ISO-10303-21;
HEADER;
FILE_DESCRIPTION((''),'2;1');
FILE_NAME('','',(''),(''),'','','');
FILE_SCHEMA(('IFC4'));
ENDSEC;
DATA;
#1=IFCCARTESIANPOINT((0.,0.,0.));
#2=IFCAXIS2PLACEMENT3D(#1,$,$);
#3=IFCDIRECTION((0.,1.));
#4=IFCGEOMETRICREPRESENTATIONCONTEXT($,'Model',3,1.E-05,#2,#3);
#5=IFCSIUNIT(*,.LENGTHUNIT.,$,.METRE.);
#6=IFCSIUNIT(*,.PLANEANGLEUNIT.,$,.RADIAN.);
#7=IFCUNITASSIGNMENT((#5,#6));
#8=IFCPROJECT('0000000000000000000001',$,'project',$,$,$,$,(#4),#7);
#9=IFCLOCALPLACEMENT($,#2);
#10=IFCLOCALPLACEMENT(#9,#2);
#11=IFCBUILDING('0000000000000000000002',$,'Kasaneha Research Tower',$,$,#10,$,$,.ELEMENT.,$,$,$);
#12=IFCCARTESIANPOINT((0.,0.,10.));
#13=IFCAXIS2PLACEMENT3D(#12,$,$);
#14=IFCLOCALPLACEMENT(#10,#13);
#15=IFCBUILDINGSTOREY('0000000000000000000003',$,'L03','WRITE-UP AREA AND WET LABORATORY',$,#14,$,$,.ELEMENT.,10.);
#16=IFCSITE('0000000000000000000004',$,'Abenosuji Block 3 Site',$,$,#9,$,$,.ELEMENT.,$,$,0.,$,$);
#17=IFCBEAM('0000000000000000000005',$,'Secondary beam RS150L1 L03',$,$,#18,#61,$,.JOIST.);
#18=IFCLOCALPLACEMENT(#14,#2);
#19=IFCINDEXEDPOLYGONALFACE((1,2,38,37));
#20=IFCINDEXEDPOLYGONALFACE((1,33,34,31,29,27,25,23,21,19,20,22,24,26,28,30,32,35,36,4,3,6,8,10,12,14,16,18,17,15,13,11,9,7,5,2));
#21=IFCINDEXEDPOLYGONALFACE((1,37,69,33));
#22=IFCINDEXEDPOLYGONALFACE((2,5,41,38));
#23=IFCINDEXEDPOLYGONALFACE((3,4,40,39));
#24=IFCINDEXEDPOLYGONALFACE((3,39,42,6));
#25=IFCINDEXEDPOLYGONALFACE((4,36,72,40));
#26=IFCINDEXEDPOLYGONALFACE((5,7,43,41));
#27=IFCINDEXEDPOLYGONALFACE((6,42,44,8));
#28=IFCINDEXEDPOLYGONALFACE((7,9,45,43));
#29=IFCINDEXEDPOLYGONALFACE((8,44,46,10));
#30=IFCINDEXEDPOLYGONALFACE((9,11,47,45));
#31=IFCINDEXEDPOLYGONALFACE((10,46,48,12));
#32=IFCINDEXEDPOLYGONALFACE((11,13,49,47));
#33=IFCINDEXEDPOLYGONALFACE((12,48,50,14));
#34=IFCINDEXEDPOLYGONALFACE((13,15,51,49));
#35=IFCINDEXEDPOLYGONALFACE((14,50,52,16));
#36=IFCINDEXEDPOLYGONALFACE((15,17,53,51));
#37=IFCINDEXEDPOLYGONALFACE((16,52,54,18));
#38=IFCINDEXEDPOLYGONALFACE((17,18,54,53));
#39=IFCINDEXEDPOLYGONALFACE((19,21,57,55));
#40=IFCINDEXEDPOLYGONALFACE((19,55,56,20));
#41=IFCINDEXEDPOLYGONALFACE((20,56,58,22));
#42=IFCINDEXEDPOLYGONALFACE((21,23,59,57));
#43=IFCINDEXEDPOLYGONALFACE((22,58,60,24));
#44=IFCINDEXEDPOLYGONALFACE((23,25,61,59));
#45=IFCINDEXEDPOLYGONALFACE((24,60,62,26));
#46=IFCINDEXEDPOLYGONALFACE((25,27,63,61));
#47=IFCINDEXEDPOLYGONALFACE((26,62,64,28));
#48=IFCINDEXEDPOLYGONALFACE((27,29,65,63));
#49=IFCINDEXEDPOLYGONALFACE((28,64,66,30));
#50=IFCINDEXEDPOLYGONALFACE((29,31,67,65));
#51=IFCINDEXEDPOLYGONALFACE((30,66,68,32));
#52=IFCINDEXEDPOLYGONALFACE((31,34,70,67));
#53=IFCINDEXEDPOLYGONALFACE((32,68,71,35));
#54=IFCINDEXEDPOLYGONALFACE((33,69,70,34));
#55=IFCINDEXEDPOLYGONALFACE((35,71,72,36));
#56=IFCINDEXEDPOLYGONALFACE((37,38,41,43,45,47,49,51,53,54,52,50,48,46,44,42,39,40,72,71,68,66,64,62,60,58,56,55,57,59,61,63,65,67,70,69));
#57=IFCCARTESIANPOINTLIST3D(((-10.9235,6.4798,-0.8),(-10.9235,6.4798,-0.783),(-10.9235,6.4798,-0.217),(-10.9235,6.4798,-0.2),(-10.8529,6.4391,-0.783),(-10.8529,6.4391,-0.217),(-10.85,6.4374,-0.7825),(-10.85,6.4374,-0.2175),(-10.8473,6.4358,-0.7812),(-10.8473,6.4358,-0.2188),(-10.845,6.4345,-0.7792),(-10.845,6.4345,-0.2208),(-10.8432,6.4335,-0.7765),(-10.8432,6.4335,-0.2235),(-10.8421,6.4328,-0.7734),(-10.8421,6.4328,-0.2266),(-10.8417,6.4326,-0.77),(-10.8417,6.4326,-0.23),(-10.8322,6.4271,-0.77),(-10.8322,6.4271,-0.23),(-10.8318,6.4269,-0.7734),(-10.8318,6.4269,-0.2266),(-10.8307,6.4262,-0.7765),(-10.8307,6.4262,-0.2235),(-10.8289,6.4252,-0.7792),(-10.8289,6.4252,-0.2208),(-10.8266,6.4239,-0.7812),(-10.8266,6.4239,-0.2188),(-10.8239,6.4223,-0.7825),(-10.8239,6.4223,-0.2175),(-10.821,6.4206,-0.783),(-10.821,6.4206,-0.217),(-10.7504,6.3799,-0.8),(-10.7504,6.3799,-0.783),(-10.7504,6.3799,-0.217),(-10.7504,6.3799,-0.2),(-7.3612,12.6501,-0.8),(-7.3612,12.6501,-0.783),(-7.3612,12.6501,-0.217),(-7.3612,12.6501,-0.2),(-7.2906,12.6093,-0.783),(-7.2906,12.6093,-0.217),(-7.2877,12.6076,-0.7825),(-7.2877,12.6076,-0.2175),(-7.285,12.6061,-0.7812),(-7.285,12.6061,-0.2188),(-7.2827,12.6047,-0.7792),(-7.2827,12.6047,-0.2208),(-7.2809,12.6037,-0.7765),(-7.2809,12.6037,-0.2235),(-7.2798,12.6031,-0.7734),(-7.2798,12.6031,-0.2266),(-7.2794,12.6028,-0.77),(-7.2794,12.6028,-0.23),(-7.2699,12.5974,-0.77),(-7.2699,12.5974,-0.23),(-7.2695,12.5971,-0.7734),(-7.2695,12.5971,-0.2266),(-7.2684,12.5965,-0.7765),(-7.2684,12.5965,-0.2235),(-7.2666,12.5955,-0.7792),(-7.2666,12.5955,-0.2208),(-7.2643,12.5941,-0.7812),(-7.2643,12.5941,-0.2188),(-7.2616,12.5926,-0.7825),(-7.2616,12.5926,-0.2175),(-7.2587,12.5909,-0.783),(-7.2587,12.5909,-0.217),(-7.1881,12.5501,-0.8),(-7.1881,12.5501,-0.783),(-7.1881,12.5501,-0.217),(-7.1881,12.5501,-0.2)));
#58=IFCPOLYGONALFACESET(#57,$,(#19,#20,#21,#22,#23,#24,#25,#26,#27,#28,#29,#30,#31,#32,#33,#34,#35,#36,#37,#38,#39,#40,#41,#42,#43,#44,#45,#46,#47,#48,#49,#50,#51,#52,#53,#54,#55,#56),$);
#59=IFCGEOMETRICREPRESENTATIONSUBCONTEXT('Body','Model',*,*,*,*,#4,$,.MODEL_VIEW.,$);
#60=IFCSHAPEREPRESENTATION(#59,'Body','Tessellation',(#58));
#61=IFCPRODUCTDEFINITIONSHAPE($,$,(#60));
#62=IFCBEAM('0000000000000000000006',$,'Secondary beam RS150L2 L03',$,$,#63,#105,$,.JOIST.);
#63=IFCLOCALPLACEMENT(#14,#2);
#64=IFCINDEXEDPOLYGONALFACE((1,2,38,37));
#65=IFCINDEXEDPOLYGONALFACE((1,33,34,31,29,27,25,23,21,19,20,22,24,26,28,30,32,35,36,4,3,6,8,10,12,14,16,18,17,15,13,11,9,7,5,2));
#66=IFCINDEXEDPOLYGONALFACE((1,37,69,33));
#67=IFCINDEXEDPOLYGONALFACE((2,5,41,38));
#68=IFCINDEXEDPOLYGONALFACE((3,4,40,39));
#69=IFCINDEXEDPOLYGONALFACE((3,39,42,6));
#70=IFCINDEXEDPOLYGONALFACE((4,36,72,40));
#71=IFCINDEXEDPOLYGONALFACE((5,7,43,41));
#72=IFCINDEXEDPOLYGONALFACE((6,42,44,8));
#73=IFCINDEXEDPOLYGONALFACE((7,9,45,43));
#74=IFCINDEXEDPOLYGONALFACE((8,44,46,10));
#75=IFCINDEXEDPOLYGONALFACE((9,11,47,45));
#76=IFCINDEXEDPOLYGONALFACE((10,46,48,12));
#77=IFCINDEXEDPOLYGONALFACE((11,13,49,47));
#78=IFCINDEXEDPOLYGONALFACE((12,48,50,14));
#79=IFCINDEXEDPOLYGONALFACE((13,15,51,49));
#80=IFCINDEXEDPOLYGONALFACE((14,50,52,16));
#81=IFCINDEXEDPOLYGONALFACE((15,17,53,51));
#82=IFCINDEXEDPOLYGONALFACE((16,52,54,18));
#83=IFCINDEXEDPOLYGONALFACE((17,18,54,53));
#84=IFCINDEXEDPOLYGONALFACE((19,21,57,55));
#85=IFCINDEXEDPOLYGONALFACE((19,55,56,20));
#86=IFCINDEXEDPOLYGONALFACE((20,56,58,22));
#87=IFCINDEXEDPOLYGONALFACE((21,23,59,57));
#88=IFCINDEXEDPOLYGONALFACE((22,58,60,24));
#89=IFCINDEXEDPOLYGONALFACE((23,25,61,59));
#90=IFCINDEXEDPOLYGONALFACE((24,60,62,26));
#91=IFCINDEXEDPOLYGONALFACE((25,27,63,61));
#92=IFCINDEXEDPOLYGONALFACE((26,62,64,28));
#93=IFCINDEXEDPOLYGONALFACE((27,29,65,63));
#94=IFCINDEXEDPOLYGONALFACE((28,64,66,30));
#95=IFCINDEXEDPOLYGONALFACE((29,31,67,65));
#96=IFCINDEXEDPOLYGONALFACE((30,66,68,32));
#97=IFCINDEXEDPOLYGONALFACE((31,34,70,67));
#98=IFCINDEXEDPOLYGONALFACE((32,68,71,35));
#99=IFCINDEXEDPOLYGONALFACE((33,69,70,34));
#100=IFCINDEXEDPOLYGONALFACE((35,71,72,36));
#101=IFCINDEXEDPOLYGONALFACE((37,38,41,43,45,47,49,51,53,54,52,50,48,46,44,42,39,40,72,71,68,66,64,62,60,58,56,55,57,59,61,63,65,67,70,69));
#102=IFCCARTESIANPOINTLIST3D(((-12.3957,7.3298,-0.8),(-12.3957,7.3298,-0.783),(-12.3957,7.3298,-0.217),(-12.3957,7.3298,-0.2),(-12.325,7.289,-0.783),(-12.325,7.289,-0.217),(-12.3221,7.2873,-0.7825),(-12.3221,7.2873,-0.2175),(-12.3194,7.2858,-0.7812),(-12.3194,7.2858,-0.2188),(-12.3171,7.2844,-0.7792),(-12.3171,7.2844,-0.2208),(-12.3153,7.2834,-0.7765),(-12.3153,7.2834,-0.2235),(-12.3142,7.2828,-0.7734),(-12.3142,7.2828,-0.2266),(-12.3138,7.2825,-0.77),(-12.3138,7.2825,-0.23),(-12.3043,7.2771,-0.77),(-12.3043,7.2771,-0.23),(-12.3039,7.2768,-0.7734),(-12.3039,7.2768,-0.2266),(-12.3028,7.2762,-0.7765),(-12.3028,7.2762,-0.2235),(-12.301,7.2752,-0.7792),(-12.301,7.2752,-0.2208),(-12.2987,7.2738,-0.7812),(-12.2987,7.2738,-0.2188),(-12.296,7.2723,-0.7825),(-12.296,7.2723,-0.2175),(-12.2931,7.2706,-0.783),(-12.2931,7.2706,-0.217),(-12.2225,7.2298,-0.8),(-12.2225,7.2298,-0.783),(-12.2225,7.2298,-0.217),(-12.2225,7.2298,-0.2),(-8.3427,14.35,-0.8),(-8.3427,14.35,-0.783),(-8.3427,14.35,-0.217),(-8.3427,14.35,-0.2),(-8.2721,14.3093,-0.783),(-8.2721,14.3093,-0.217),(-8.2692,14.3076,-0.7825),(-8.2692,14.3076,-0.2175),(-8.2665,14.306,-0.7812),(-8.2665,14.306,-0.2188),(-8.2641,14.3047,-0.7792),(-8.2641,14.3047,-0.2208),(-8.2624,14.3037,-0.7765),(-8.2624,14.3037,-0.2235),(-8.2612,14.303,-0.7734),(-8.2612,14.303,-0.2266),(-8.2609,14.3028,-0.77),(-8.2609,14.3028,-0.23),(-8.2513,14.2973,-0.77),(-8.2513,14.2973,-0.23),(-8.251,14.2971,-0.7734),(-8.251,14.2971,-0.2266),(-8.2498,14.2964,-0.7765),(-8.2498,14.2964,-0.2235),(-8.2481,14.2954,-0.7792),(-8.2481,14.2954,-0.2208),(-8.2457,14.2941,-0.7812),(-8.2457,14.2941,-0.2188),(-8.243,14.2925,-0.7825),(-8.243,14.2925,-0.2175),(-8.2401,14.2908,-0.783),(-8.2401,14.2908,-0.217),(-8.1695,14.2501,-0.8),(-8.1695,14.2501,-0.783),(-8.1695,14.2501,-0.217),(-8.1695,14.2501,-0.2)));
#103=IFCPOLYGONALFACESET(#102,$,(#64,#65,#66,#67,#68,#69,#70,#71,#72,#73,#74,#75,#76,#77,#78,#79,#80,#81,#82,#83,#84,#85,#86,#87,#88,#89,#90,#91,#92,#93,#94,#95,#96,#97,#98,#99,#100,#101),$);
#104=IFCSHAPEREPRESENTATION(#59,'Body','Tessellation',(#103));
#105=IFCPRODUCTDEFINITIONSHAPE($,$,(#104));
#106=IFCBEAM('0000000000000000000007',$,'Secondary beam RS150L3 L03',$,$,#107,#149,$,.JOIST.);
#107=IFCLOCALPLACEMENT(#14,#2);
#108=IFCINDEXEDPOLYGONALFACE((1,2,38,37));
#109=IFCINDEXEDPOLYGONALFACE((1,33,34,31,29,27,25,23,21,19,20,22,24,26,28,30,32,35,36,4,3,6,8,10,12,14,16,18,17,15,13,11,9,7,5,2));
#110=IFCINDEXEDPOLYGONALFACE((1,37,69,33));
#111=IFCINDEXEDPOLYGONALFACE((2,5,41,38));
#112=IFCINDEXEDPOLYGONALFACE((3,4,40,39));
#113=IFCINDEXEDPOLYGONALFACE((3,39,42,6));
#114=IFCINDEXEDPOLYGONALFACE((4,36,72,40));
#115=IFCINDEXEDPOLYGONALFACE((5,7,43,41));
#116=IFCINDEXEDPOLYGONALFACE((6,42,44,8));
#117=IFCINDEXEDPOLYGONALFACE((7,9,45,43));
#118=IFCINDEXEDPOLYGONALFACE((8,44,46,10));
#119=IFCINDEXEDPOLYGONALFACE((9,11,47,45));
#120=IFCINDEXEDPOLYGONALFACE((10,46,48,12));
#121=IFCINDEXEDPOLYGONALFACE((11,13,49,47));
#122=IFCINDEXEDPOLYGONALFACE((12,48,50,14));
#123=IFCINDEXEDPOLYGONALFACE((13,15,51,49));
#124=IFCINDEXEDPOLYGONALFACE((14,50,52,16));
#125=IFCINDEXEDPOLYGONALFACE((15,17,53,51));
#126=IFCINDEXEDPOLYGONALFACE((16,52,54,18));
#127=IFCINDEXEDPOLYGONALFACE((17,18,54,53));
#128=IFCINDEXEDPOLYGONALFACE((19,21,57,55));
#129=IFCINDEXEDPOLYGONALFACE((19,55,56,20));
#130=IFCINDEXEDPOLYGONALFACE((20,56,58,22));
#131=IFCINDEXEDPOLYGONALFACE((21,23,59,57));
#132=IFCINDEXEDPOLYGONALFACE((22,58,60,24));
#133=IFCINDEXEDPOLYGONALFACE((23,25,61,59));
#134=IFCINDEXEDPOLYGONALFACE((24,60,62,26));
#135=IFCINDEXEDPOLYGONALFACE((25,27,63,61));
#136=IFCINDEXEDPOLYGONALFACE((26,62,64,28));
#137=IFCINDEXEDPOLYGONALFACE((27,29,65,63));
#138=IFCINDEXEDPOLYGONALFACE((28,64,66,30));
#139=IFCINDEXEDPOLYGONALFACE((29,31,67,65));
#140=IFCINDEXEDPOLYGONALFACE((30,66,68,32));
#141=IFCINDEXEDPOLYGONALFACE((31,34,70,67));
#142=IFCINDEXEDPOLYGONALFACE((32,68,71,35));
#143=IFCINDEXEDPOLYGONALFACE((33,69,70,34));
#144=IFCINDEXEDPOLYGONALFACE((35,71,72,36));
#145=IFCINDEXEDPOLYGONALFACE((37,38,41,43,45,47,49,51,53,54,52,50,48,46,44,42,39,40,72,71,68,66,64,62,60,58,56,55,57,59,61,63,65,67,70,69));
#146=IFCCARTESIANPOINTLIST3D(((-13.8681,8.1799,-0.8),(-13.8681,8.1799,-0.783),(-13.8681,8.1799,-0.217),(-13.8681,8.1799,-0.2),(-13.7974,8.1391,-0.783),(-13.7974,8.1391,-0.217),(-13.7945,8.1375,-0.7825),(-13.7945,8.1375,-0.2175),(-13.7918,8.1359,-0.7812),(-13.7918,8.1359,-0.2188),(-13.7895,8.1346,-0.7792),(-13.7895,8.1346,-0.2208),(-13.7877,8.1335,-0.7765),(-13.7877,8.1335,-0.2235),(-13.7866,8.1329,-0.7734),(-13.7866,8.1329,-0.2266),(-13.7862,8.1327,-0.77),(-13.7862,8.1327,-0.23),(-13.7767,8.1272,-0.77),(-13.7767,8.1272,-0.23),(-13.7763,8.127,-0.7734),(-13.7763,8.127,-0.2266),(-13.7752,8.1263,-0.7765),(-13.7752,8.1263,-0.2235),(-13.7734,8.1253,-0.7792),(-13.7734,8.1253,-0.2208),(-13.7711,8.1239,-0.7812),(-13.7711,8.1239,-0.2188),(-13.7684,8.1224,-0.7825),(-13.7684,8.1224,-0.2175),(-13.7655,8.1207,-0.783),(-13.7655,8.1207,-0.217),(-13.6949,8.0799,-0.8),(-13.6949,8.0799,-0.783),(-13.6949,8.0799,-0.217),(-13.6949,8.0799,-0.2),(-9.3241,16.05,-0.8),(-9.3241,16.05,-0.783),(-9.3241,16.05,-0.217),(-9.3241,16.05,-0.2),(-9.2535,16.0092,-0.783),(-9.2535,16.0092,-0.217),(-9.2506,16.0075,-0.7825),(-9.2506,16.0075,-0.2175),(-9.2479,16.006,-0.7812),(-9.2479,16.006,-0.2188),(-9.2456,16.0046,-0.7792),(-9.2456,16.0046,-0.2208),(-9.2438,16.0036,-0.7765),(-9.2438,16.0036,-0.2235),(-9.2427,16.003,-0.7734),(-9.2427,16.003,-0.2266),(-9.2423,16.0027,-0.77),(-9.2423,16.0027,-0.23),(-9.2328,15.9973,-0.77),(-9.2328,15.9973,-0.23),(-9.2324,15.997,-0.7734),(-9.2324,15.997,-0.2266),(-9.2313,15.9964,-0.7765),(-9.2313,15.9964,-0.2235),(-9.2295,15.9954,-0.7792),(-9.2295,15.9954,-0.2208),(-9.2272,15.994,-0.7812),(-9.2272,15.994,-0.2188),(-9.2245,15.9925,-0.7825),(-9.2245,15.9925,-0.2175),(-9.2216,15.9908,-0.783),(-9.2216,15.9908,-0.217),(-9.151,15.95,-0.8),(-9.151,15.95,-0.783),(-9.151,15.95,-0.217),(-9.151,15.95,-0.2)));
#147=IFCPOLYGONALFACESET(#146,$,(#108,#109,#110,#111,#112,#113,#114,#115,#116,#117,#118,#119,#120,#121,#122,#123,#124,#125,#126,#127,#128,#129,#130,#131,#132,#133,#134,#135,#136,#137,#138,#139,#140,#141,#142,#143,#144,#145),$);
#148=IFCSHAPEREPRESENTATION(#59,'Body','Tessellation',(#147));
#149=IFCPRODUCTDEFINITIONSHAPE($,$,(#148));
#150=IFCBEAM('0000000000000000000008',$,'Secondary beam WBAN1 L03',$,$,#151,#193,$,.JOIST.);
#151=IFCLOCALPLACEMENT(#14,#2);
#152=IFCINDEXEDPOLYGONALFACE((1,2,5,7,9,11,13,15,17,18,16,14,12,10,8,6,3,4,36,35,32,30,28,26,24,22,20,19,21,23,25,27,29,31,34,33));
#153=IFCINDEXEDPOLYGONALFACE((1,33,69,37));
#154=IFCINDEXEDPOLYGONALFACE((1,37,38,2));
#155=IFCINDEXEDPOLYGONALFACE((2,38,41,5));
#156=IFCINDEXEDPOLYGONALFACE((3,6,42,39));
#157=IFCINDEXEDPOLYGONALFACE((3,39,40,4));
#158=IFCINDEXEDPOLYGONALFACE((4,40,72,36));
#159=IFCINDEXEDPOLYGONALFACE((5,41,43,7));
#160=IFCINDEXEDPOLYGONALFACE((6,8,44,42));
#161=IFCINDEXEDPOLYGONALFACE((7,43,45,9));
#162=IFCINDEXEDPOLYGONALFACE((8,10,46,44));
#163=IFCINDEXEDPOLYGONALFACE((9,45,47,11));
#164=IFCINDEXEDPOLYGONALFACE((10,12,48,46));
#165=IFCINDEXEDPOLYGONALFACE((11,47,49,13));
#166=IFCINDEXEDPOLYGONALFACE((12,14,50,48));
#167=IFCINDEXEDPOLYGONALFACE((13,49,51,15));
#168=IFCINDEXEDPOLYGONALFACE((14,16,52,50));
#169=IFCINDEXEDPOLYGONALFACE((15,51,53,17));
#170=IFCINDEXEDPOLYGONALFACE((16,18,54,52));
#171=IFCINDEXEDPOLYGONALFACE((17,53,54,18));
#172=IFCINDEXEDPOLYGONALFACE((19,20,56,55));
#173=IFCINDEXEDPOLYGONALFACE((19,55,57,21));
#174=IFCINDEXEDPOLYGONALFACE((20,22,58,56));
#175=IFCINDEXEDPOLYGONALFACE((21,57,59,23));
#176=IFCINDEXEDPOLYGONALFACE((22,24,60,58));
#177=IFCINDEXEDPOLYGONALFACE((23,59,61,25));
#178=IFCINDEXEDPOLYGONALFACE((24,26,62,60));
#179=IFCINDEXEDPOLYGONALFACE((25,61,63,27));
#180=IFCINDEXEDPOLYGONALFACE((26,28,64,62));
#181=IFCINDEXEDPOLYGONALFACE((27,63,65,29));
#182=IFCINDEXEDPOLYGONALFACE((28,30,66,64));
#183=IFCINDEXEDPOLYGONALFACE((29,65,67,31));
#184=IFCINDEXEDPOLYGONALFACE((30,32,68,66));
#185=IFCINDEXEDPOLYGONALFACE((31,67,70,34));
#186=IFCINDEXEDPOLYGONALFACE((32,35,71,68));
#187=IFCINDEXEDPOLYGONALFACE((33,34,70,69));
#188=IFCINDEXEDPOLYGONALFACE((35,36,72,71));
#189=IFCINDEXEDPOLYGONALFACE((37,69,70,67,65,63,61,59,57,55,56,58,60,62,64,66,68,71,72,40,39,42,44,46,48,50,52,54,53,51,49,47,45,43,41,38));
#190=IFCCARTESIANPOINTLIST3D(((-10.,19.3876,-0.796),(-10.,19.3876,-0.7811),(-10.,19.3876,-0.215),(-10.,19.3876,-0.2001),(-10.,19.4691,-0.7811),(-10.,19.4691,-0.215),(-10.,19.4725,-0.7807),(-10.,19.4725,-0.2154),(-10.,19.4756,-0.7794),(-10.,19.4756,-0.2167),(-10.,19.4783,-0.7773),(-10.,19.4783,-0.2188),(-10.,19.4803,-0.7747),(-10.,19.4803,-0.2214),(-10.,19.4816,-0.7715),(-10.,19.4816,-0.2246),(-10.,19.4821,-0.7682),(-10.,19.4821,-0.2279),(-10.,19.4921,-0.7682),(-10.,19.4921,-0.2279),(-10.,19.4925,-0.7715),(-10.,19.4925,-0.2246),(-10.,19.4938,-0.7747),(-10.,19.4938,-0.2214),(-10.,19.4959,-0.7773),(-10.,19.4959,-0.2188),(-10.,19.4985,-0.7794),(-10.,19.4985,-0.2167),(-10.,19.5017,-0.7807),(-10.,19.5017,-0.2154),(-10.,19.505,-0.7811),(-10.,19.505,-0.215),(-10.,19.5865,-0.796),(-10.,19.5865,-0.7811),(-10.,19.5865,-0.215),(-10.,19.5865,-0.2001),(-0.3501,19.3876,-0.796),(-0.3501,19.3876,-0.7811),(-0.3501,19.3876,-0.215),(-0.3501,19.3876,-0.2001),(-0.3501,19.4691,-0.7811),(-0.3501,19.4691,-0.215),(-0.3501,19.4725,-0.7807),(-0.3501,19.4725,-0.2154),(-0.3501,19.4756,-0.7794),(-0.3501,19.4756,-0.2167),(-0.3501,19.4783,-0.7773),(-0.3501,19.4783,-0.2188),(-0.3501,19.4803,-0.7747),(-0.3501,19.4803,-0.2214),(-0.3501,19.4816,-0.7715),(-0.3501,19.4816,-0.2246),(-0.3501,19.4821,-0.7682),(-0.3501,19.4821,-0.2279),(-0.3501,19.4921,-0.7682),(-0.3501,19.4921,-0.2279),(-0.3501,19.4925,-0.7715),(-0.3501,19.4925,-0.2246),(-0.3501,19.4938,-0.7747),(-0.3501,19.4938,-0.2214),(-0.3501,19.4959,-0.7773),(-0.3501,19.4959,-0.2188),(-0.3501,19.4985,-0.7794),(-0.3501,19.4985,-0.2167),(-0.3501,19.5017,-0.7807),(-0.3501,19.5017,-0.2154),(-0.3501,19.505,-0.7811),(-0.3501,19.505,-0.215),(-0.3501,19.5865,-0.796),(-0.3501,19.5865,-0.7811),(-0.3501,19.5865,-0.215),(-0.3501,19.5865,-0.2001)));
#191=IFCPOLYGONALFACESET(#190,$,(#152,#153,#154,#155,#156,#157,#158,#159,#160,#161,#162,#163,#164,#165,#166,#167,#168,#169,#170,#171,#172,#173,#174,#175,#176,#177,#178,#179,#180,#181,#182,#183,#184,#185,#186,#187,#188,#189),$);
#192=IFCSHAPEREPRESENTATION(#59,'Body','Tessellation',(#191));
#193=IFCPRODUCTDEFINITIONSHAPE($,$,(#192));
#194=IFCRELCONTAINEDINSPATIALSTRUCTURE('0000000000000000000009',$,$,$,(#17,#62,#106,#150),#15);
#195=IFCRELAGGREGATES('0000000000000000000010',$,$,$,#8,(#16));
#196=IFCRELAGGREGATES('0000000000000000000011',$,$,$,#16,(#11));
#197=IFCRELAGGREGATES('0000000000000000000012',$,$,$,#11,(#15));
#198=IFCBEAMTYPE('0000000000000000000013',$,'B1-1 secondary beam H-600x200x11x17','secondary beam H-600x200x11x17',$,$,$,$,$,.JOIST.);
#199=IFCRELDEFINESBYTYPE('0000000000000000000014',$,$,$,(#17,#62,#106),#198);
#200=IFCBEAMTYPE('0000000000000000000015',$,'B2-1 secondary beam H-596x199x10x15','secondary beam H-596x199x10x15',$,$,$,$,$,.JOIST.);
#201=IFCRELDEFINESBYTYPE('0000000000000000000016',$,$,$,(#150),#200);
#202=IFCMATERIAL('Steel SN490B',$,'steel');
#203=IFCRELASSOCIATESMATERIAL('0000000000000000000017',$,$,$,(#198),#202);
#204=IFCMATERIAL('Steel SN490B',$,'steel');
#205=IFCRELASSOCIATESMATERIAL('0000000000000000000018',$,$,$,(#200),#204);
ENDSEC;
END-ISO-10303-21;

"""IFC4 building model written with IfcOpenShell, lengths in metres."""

from ifc_helpers import new_model, si_unit, direction, frame, origin, origin_2d, place, context, subcontext, project, spatial, i_section, extrude, material, material_profile, profile_set, type_object, element, save


model = new_model("IFC4")

# Units and contexts
model_context = context("Model", 3, precision=1e-05, world=origin(), true_north=direction((0.0, 1.0)))
body_context = subcontext(model_context, "Body", "Model", "MODEL_VIEW")
ifc_project = project(units=[si_unit("LENGTHUNIT", "METRE"), si_unit("PLANEANGLEUNIT", "RADIAN")], contexts=[model_context])

# Site, building, storey
site_placement = place(None, origin())
site = spatial("IfcSite", under=ifc_project, at=site_placement, Name="Abenosuji Block 3 Site", CompositionType="ELEMENT", RefElevation=0.0)
building_placement = place(site_placement, origin())
building = spatial("IfcBuilding", under=site, at=building_placement, Name="Kasaneha Research Tower", CompositionType="ELEMENT")
storey_placement = place(building_placement, frame((0.0, 0.0, 10.0)))
storey = spatial("IfcBuildingStorey", under=building, at=storey_placement, Name="L03", Description="WRITE-UP AREA AND WET LABORATORY", CompositionType="ELEMENT", Elevation=10.0)

# Beams
ifc_material_1 = material(Name="Steel SN490B", Category="steel")
ifc_material_profile_1 = material_profile(ifc_material_1, i_section(OverallWidth=0.2, OverallDepth=0.6001, WebThickness=0.011, FlangeThickness=0.0171, FilletRadius=0.0129, at=origin_2d()), Name="H-600x200x11x17")
ifc_profile_set_1 = profile_set([ifc_material_profile_1], Name="Steel SN490B")
beam_type_1 = type_object("IfcBeamType", Name="B1-1 secondary beam H-600x200x11x17", Description="secondary beam H-600x200x11x17", PredefinedType="JOIST", material=ifc_profile_set_1)
beam_1_placement = place(storey_placement, frame((-7.2747, 12.6001, -0.5), z_axis=(-0.49999, -0.866031, 0.0), x_axis=(0.866031, -0.49999, 0.0)))
element("IfcBeam", 1, at=beam_1_placement, inside=storey, type_object=beam_type_1, Name="Secondary beam RS150L1 L03", PredefinedType="JOIST", context=body_context, shape_type="SweptSolid", body=[
    extrude(i_section(OverallWidth=0.2, OverallDepth=0.6001, WebThickness=0.011, FlangeThickness=0.0171, FilletRadius=0.0129, at=origin_2d()), origin(), (0.0, 0.0, 1.0), 7.1248),
])
beam_2_placement = place(storey_placement, frame((-8.2561, 14.3, -0.5), z_axis=(-0.499984, -0.866035, 0.0), x_axis=(0.866035, -0.499984, 0.0)))
element("IfcBeam", 2, at=beam_2_placement, inside=storey, type_object=beam_type_1, Name="Secondary beam RS150L2 L03", PredefinedType="JOIST", context=body_context, shape_type="SweptSolid", body=[
    extrude(i_section(OverallWidth=0.2, OverallDepth=0.6001, WebThickness=0.011, FlangeThickness=0.0171, FilletRadius=0.0129, at=origin_2d()), origin(), (0.0, 0.0, 1.0), 8.1062),
])
beam_3_placement = place(storey_placement, frame((-9.2375, 16.0, -0.5), z_axis=(-0.500011, -0.866019, 0.0), x_axis=(0.866019, -0.500011, 0.0)))
element("IfcBeam", 3, at=beam_3_placement, inside=storey, type_object=beam_type_1, Name="Secondary beam RS150L3 L03", PredefinedType="JOIST", context=body_context, shape_type="SweptSolid", body=[
    extrude(i_section(OverallWidth=0.2, OverallDepth=0.6001, WebThickness=0.011, FlangeThickness=0.0171, FilletRadius=0.0129, at=origin_2d()), origin(), (0.0, 0.0, 1.0), 9.0876),
])
ifc_material_2 = material(Name="Steel SN490B", Category="steel")
ifc_material_profile_2 = material_profile(ifc_material_2, i_section(OverallWidth=0.199, OverallDepth=0.5959, WebThickness=0.01, FlangeThickness=0.0149, FilletRadius=0.0129, at=origin_2d()), Name="H-596x199x10x15")
ifc_profile_set_2 = profile_set([ifc_material_profile_2], Name="Steel SN490B")
beam_type_2 = type_object("IfcBeamType", Name="B2-1 secondary beam H-596x199x10x15", Description="secondary beam H-596x199x10x15", PredefinedType="JOIST", material=ifc_profile_set_2)
for number, where, z_axis, x_axis, name in (
    (4, (-10.0, 19.4871, -0.498), (1.0, 0.0, 0.0), (0.0, 1.0, 0.0), "Secondary beam WBAN1 L03"),
):
    element("IfcBeam", number, at=place(storey_placement, frame(where, z_axis=z_axis, x_axis=x_axis)), inside=storey, type_object=beam_type_2, Name=name, PredefinedType="JOIST", context=body_context, shape_type="SweptSolid", body=[
        extrude(i_section(OverallWidth=0.199, OverallDepth=0.5959, WebThickness=0.01, FlangeThickness=0.0149, FilletRadius=0.0129, at=origin_2d()), origin(), (0.0, 0.0, 1.0), 9.6499),
    ])

save(model, "model.ifc")
